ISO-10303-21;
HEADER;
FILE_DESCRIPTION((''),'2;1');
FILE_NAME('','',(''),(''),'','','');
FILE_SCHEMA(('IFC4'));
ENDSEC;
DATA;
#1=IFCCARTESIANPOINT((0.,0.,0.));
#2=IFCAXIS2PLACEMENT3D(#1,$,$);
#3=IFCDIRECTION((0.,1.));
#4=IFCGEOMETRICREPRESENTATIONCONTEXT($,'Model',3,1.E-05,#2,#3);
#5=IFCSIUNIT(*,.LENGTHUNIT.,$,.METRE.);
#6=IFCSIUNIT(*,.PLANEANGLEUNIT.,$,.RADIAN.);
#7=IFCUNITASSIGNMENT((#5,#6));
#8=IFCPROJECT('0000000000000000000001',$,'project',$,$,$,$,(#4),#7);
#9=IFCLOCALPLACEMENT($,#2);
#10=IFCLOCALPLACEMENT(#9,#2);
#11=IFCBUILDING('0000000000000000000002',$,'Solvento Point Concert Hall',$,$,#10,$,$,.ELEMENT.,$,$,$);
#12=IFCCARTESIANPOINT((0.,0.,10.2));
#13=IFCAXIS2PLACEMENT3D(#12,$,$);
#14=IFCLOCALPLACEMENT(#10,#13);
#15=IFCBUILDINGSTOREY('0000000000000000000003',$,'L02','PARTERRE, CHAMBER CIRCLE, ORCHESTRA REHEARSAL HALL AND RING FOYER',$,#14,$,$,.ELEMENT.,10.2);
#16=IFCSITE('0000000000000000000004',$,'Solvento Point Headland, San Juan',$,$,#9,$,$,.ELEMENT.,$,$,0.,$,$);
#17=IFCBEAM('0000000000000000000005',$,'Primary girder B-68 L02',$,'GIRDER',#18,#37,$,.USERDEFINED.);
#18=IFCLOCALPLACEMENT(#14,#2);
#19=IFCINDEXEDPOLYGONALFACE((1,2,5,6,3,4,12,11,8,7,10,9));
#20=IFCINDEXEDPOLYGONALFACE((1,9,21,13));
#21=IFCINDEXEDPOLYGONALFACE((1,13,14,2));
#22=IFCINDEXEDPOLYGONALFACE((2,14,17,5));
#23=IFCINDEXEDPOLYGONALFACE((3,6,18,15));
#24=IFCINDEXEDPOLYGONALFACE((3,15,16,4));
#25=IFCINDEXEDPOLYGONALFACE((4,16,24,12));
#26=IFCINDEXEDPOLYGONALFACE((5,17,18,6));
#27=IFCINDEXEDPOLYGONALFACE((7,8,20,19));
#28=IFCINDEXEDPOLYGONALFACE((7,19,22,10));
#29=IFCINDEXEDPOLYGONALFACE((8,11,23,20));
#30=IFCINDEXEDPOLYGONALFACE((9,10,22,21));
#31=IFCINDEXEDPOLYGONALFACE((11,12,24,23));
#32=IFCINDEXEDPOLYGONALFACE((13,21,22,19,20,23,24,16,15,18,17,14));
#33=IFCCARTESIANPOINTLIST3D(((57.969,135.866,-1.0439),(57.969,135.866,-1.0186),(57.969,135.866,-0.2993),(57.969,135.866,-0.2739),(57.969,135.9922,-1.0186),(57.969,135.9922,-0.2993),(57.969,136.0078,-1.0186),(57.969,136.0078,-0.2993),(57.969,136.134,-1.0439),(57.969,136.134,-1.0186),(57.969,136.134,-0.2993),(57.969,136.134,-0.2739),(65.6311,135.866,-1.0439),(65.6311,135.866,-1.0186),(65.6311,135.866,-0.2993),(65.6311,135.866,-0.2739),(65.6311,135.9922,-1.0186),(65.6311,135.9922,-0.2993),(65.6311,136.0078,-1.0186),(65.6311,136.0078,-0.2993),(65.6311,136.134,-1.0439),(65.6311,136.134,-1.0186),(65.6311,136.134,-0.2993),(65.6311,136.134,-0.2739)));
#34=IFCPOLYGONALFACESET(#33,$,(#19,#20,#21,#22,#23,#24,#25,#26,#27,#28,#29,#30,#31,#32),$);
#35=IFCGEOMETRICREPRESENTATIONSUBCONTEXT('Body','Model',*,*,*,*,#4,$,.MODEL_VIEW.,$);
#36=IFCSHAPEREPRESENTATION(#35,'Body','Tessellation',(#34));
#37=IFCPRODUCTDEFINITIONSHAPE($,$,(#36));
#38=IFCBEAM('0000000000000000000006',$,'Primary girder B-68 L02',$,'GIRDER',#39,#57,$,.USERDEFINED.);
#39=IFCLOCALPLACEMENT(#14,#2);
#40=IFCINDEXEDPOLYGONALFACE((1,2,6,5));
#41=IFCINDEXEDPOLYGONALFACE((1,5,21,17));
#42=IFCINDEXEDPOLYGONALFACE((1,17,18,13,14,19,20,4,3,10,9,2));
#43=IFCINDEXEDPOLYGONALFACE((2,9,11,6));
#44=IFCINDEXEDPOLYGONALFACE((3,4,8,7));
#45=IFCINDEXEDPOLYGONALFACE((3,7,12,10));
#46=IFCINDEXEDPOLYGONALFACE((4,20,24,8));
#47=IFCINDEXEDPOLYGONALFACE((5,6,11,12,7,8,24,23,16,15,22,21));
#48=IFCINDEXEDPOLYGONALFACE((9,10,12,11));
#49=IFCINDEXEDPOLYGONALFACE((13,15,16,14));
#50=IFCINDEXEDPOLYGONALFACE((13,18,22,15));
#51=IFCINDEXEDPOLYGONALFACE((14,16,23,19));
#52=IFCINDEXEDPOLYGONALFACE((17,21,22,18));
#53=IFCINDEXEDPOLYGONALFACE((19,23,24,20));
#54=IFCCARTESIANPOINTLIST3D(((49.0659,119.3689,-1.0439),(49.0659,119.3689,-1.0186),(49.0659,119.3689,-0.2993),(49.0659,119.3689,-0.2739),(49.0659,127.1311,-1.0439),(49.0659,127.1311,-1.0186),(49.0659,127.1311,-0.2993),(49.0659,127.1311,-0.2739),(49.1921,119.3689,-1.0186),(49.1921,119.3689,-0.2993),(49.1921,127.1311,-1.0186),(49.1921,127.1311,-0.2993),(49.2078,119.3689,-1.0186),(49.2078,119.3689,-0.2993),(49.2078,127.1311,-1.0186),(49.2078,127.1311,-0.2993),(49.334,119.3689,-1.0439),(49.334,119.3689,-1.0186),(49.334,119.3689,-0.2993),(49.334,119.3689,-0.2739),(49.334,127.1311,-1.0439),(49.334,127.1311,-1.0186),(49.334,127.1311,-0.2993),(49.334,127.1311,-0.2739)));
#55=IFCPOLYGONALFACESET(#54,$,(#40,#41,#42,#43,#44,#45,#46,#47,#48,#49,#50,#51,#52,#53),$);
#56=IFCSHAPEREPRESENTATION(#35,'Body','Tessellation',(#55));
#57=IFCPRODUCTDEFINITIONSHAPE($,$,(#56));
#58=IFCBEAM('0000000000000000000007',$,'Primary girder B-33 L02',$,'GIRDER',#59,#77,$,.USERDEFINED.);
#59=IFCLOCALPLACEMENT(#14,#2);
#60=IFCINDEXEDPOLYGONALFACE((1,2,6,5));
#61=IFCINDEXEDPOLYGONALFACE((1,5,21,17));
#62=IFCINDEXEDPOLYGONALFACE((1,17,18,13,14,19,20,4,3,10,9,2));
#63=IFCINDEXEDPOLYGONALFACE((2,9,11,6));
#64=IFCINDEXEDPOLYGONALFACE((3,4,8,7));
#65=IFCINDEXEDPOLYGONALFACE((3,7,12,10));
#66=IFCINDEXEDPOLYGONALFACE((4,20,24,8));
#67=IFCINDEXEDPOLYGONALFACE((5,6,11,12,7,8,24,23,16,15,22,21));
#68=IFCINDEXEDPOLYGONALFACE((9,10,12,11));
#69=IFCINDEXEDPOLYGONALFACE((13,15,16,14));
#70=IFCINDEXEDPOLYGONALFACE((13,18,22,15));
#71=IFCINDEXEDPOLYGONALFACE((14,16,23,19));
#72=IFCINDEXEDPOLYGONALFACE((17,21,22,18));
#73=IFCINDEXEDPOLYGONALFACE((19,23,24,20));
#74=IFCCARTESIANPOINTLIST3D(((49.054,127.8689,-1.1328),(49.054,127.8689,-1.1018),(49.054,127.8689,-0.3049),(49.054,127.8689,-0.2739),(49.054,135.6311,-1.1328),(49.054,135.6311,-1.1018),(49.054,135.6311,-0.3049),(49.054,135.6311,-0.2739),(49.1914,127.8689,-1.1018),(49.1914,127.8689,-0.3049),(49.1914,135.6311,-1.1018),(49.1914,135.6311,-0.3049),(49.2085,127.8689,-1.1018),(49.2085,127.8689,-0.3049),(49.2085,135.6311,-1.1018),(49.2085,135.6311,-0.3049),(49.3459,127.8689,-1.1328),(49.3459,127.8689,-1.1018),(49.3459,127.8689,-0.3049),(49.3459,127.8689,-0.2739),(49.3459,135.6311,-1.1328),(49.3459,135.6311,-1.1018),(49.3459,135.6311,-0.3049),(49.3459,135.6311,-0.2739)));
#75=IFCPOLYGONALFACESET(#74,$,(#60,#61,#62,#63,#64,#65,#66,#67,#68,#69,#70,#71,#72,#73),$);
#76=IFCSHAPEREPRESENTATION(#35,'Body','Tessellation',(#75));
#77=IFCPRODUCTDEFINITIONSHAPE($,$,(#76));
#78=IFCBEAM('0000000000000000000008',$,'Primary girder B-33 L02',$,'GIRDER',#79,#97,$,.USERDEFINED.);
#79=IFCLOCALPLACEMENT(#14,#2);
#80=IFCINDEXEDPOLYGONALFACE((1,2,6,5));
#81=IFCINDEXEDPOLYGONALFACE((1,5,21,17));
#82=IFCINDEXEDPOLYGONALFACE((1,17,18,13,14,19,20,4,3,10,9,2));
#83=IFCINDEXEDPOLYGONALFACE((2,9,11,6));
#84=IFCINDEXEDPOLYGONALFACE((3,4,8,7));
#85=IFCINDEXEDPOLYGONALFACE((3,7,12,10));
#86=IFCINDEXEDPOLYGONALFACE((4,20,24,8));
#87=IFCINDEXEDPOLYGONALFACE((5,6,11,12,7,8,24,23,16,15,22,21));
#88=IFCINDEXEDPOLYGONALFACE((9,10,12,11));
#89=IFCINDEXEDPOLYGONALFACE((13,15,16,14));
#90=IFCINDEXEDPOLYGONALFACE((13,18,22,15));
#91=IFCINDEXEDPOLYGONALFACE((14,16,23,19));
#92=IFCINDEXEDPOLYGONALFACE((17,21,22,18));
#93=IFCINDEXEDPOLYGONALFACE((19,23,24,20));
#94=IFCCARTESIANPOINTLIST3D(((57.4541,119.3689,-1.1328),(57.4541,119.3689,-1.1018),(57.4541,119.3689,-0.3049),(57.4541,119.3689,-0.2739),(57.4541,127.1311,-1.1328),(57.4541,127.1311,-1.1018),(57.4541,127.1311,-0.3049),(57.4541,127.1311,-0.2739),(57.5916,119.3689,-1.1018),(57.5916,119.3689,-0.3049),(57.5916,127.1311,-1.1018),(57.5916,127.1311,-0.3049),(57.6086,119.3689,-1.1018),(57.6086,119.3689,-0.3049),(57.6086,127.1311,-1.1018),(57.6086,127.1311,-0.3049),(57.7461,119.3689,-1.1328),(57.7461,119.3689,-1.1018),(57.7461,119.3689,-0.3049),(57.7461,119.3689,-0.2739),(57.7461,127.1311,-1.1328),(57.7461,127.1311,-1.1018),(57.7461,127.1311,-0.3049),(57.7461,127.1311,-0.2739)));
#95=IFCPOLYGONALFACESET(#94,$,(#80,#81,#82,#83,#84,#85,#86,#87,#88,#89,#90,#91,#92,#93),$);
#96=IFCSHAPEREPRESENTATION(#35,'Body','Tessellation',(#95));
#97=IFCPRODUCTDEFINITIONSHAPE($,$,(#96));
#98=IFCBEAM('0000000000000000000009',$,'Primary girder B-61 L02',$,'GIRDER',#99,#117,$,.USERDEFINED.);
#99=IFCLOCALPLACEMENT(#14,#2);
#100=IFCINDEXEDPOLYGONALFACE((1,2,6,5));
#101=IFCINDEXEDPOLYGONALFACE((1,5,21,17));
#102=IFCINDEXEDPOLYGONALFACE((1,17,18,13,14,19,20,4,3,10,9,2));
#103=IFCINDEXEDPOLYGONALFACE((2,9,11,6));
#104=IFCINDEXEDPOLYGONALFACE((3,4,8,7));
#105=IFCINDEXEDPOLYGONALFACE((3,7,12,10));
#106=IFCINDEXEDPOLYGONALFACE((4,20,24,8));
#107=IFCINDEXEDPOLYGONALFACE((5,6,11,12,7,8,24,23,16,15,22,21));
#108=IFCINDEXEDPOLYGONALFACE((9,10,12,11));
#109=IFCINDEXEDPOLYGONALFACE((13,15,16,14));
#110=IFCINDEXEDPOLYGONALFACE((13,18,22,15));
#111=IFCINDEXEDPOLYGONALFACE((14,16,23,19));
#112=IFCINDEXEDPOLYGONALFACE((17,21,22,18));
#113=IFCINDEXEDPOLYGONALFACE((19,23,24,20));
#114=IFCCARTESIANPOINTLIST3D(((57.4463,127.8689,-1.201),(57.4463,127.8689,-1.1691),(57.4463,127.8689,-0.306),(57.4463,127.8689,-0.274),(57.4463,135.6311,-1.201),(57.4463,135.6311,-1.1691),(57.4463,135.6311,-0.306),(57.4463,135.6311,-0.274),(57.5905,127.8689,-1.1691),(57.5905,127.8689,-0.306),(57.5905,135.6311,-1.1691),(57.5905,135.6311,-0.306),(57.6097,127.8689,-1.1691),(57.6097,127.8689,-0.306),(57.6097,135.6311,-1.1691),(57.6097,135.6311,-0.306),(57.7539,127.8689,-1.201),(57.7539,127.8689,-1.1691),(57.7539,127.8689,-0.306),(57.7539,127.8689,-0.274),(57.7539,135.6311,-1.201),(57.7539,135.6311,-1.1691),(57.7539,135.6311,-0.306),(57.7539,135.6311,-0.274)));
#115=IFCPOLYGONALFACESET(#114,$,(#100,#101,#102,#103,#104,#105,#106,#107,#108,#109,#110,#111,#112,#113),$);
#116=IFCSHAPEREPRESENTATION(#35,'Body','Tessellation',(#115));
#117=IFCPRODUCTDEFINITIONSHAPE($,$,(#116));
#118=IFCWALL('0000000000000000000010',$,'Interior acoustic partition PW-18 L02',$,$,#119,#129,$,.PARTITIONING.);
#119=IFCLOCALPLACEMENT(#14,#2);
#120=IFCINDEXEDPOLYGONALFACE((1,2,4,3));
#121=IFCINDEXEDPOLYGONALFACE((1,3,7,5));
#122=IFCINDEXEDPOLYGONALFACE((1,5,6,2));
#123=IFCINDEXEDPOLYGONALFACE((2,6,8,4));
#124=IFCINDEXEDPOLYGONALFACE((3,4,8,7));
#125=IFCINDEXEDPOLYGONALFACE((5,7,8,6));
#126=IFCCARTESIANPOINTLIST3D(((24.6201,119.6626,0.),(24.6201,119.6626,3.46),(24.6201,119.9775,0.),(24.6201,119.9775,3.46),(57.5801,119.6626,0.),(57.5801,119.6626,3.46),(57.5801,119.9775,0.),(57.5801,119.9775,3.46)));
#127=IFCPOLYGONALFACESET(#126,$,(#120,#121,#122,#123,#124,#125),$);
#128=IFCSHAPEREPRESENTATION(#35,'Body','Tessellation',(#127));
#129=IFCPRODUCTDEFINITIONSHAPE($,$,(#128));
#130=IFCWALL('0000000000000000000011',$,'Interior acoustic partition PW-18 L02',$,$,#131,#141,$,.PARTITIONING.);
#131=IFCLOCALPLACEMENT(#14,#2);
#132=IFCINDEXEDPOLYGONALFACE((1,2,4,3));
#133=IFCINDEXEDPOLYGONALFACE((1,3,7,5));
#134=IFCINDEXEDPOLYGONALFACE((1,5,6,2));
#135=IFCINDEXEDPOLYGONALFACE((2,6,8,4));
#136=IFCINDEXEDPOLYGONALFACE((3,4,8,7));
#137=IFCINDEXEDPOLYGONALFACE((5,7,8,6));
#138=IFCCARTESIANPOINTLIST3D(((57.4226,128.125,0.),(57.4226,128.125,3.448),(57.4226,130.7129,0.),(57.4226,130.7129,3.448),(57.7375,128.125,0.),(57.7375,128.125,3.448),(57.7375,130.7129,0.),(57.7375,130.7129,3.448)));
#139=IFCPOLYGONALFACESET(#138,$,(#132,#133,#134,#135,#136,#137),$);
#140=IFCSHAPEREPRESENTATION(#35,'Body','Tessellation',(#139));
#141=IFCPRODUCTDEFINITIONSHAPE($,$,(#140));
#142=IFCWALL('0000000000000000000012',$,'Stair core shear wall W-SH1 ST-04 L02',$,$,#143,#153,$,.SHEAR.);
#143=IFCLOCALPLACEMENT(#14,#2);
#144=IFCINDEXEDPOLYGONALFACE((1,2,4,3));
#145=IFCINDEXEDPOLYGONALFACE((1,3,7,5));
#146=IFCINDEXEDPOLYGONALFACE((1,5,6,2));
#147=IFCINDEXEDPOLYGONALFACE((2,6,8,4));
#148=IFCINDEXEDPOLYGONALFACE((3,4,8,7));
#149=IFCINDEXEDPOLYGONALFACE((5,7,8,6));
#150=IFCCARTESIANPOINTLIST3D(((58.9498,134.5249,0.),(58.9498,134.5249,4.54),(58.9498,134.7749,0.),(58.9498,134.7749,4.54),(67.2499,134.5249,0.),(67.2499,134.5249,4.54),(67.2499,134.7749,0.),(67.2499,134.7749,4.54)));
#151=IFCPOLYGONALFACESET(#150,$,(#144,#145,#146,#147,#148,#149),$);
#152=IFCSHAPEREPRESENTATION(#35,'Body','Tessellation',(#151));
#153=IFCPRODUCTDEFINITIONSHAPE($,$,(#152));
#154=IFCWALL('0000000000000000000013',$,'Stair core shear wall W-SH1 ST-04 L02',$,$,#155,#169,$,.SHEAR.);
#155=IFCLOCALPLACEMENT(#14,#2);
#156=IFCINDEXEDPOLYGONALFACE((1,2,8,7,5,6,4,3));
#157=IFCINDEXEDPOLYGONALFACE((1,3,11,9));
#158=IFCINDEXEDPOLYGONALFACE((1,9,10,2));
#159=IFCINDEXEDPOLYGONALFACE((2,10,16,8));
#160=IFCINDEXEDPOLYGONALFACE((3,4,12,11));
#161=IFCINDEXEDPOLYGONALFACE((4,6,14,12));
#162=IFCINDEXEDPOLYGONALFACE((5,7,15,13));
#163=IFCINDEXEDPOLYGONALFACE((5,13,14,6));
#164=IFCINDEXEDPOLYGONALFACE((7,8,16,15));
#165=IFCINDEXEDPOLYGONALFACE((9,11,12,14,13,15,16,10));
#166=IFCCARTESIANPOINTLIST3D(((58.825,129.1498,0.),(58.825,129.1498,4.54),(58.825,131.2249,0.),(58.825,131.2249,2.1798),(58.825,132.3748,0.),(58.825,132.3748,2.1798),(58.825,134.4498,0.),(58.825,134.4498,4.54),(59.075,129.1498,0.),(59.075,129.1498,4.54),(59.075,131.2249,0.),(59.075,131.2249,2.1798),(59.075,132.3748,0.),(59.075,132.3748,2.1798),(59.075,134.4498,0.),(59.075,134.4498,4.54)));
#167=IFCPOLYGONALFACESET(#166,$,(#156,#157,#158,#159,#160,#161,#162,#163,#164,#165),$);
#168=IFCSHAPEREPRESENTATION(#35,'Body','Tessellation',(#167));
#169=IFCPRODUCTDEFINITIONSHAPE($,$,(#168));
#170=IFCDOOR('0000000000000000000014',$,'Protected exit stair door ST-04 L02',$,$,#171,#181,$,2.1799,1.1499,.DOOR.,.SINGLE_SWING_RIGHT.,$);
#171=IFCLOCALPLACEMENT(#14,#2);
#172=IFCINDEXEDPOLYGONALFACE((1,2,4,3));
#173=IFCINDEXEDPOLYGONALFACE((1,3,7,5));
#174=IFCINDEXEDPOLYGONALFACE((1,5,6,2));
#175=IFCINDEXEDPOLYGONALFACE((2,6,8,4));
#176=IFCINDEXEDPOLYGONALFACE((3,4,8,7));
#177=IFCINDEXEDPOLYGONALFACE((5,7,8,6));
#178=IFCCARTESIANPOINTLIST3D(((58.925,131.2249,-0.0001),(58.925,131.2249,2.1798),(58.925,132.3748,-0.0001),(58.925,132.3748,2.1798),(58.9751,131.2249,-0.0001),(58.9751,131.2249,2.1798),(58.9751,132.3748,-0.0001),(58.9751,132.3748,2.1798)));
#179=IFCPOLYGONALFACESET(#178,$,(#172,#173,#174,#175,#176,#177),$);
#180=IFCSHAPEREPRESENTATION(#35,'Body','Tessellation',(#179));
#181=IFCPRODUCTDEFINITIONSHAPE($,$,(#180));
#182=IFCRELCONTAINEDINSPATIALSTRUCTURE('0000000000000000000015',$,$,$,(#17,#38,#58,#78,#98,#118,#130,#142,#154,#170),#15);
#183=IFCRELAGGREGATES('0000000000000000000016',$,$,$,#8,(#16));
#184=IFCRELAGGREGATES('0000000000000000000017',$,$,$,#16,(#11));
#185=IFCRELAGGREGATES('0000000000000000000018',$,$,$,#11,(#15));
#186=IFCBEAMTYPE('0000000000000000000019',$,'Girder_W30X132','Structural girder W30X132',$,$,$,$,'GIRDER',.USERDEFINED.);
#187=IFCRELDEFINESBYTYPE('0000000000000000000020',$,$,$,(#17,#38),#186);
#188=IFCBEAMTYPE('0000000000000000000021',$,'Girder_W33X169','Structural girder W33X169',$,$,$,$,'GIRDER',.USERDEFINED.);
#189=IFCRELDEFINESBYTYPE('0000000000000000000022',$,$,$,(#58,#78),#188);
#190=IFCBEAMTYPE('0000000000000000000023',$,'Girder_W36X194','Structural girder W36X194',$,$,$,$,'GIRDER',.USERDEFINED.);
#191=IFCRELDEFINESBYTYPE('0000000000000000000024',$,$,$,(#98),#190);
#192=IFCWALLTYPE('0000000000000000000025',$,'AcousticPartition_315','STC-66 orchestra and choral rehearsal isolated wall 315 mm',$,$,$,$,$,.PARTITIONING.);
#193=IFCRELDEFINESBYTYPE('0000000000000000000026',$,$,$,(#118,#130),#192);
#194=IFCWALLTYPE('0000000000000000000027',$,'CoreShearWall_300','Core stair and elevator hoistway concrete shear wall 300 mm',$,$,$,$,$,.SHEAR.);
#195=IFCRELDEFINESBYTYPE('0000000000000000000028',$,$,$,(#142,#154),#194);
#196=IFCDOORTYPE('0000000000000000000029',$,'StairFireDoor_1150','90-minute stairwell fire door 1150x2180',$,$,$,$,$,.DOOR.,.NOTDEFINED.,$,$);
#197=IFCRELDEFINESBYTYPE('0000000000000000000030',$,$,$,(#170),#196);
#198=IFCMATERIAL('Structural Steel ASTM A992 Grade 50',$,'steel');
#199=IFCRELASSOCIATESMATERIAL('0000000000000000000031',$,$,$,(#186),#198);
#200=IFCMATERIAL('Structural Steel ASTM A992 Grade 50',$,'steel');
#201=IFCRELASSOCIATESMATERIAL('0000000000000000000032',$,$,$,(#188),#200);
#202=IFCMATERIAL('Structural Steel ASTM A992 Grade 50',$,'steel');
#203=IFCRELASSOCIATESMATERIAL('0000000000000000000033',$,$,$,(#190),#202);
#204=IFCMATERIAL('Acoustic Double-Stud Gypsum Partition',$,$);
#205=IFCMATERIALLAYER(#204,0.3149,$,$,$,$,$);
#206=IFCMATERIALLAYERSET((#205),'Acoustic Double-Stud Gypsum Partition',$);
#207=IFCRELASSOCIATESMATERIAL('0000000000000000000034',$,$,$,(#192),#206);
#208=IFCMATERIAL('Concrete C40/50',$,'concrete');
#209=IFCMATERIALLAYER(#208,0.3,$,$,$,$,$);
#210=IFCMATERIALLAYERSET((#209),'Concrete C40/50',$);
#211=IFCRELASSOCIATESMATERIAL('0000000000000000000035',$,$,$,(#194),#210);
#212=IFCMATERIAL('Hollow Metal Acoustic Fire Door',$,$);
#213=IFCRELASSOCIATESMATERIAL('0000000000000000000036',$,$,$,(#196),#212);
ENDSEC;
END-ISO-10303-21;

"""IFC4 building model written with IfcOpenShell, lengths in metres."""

from ifc_helpers import new_model, si_unit, direction, frame, frame_2d, origin, origin_2d, place, context, subcontext, project, spatial, rectangle, i_section, extrude, material, layer, layer_set, material_profile, profile_set, type_object, element, fill, save


model = new_model("IFC4")

# Units and contexts
model_context = context("Model", 3, precision=1e-05, world=origin(), true_north=direction((0.0, 1.0)))
body_context = subcontext(model_context, "Body", "Model", "MODEL_VIEW")
ifc_project = project(units=[si_unit("LENGTHUNIT", "METRE"), si_unit("PLANEANGLEUNIT", "RADIAN")], contexts=[model_context])

# Site, building, storey
site_placement = place(None, origin())
site = spatial("IfcSite", under=ifc_project, at=site_placement, Name="Solvento Point Headland, San Juan", CompositionType="ELEMENT", RefElevation=0.0)
building_placement = place(site_placement, origin())
building = spatial("IfcBuilding", under=site, at=building_placement, Name="Solvento Point Concert Hall", CompositionType="ELEMENT")
storey_placement = place(building_placement, frame((0.0, 0.0, 10.2)))
storey = spatial("IfcBuildingStorey", under=building, at=storey_placement, Name="L02", Description="PARTERRE, CHAMBER CIRCLE, ORCHESTRA REHEARSAL HALL AND RING FOYER", CompositionType="ELEMENT", Elevation=10.2)

# Beams
ifc_material_1 = material(Name="Structural Steel ASTM A992 Grade 50", Category="steel")
ifc_material_profile_1 = material_profile(ifc_material_1, i_section(OverallWidth=0.2681, OverallDepth=0.77, WebThickness=0.0156, FlangeThickness=0.0254, at=origin_2d()), Name="W30X132")
ifc_profile_set_1 = profile_set([ifc_material_profile_1], Name="Structural Steel ASTM A992 Grade 50")
beam_type_1 = type_object("IfcBeamType", Name="Girder_W30X132", Description="Structural girder W30X132", ElementType="GIRDER", PredefinedType="USERDEFINED", material=ifc_profile_set_1)
beam_1_placement = place(storey_placement, frame((57.969, 136.0, -0.6589), z_axis=(1.0, 0.0, 0.0), x_axis=(0.0, 1.0, 0.0)))
element("IfcBeam", 1, at=beam_1_placement, inside=storey, type_object=beam_type_1, Name="Primary girder B-68 L02", ObjectType="GIRDER", PredefinedType="USERDEFINED", context=body_context, shape_type="SweptSolid", body=[
    extrude(i_section(OverallWidth=0.2681, OverallDepth=0.77, WebThickness=0.0156, FlangeThickness=0.0254, at=origin_2d()), origin(), (0.0, 0.0, 1.0), 7.6621),
])
beam_2_placement = place(storey_placement, frame((49.2, 119.3689, -0.6589), z_axis=(0.0, 1.0, 0.0), x_axis=(-1.0, 0.0, 0.0)))
element("IfcBeam", 2, at=beam_2_placement, inside=storey, type_object=beam_type_1, Name="Primary girder B-68 L02", ObjectType="GIRDER", PredefinedType="USERDEFINED", context=body_context, shape_type="SweptSolid", body=[
    extrude(i_section(OverallWidth=0.2681, OverallDepth=0.77, WebThickness=0.0156, FlangeThickness=0.0254, at=origin_2d()), origin(), (0.0, 0.0, 1.0), 7.7622),
])
ifc_material_2 = material(Name="Structural Steel ASTM A992 Grade 50", Category="steel")
ifc_material_profile_2 = material_profile(ifc_material_2, i_section(OverallWidth=0.292, OverallDepth=0.8589, WebThickness=0.0171, FlangeThickness=0.031, at=origin_2d()), Name="W33X169")
ifc_profile_set_2 = profile_set([ifc_material_profile_2], Name="Structural Steel ASTM A992 Grade 50")
beam_type_2 = type_object("IfcBeamType", Name="Girder_W33X169", Description="Structural girder W33X169", ElementType="GIRDER", PredefinedType="USERDEFINED", material=ifc_profile_set_2)
for number, where, z_axis, x_axis, name in (
    (3, (49.2, 127.8689, -0.7034), (0.0, 1.0, 0.0), (-1.0, 0.0, 0.0), "Primary girder B-33 L02"),
    (4, (57.6001, 119.3689, -0.7034), (0.0, 1.0, 0.0), (-1.0, 0.0, 0.0), "Primary girder B-33 L02"),
):
    element("IfcBeam", number, at=place(storey_placement, frame(where, z_axis=z_axis, x_axis=x_axis)), inside=storey, type_object=beam_type_2, Name=name, ObjectType="GIRDER", PredefinedType="USERDEFINED", context=body_context, shape_type="SweptSolid", body=[
        extrude(i_section(OverallWidth=0.292, OverallDepth=0.8589, WebThickness=0.0171, FlangeThickness=0.031, at=origin_2d()), origin(), (0.0, 0.0, 1.0), 7.7622),
    ])
ifc_material_3 = material(Name="Structural Steel ASTM A992 Grade 50", Category="steel")
ifc_material_profile_3 = material_profile(ifc_material_3, i_section(OverallWidth=0.3076, OverallDepth=0.927, WebThickness=0.0193, FlangeThickness=0.032, at=origin_2d()), Name="W36X194")
ifc_profile_set_3 = profile_set([ifc_material_profile_3], Name="Structural Steel ASTM A992 Grade 50")
beam_type_3 = type_object("IfcBeamType", Name="Girder_W36X194", Description="Structural girder W36X194", ElementType="GIRDER", PredefinedType="USERDEFINED", material=ifc_profile_set_3)
beam_3_placement = place(storey_placement, frame((57.6001, 127.8689, -0.7375), z_axis=(0.0, 1.0, 0.0), x_axis=(-1.0, 0.0, 0.0)))
element("IfcBeam", 5, at=beam_3_placement, inside=storey, type_object=beam_type_3, Name="Primary girder B-61 L02", ObjectType="GIRDER", PredefinedType="USERDEFINED", context=body_context, shape_type="SweptSolid", body=[
    extrude(i_section(OverallWidth=0.3076, OverallDepth=0.927, WebThickness=0.0193, FlangeThickness=0.032, at=origin_2d()), origin(), (0.0, 0.0, 1.0), 7.7622),
])

# Walls
ifc_material_4 = material(Name="Acoustic Double-Stud Gypsum Partition")
ifc_layer_1 = layer(ifc_material_4, 0.3149)
ifc_layer_set_1 = layer_set([ifc_layer_1], Name="Acoustic Double-Stud Gypsum Partition")
wall_type_1 = type_object("IfcWallType", Name="AcousticPartition_315", Description="STC-66 orchestra and choral rehearsal isolated wall 315 mm", PredefinedType="PARTITIONING", material=ifc_layer_set_1)
wall_1_placement = place(storey_placement, frame((57.5801, 119.8201, 0.0), z_axis=(0.0, 0.0, 1.0), x_axis=(-1.0, 0.0, 0.0)))
element("IfcWall", 6, at=wall_1_placement, inside=storey, type_object=wall_type_1, Name="Interior acoustic partition PW-18 L02", PredefinedType="PARTITIONING", context=body_context, shape_type="SweptSolid", body=[
    extrude(rectangle(XDim=32.96, YDim=0.3149, at=frame_2d((16.48, 0.0))), origin(), (0.0, 0.0, 1.0), 3.46),
])
wall_2_placement = place(storey_placement, frame((57.5801, 130.7129, 0.0), z_axis=(0.0, 0.0, 1.0), x_axis=(0.0, -1.0, 0.0)))
element("IfcWall", 7, at=wall_2_placement, inside=storey, type_object=wall_type_1, Name="Interior acoustic partition PW-18 L02", PredefinedType="PARTITIONING", context=body_context, shape_type="SweptSolid", body=[
    extrude(rectangle(XDim=2.5879, YDim=0.3149, at=frame_2d((1.2939, 0.0))), origin(), (0.0, 0.0, 1.0), 3.448),
])

# Wall
ifc_material_5 = material(Name="Concrete C40/50", Category="concrete")
ifc_layer_2 = layer(ifc_material_5, 0.3)
ifc_layer_set_2 = layer_set([ifc_layer_2], Name="Concrete C40/50")
wall_type_2 = type_object("IfcWallType", Name="CoreShearWall_300", Description="Core stair and elevator hoistway concrete shear wall 300 mm", PredefinedType="SHEAR", material=ifc_layer_set_2)
wall_3_placement = place(storey_placement, frame((58.95, 134.6499, 0.0), z_axis=(0.0, 0.0, 1.0), x_axis=(1.0, 0.0, 0.0)))
element("IfcWall", 8, at=wall_3_placement, inside=storey, type_object=wall_type_2, Name="Stair core shear wall W-SH1 ST-04 L02", PredefinedType="SHEAR", context=body_context, shape_type="SweptSolid", body=[
    extrude(rectangle(XDim=8.3, YDim=0.25, at=frame_2d((4.1499, 0.0))), origin(), (0.0, 0.0, 1.0), 4.54),
])

# Wall, opening, door
wall_4_placement = place(storey_placement, frame((58.95, 129.1499, 0.0), z_axis=(0.0, 0.0, 1.0), x_axis=(0.0, 1.0, 0.0)))
wall_4 = element("IfcWall", 9, at=wall_4_placement, inside=storey, type_object=wall_type_2, Name="Stair core shear wall W-SH1 ST-04 L02", PredefinedType="SHEAR", context=body_context, shape_type="SweptSolid", body=[
    extrude(rectangle(XDim=5.3, YDim=0.25, at=frame_2d((2.6499, 0.0))), origin(), (0.0, 0.0, 1.0), 4.54),
])
opening_1_placement = place(wall_4_placement, frame((2.075, 0.0, 0.0)))
opening_1 = element("IfcOpeningElement", 10, at=opening_1_placement, cuts=wall_4, PredefinedType="OPENING", context=body_context, shape_type="SweptSolid", body=[
    extrude(rectangle(XDim=1.1499, YDim=2.1799, at=frame_2d((0.575, 1.0898))), frame((0.0, 0.135, 0.0), z_axis=(0.0, -1.0, 0.0), x_axis=(1.0, 0.0, 0.0)), (0.0, 0.0, 1.0), 0.27),
])
ifc_material_6 = material(Name="Hollow Metal Acoustic Fire Door")
door_type_1 = type_object("IfcDoorType", Name="StairFireDoor_1150", Description="90-minute stairwell fire door 1150x2180", OperationType="NOTDEFINED", PredefinedType="DOOR", material=ifc_material_6)
door_1_placement = place(opening_1_placement, origin())
door_1 = element("IfcDoor", 11, at=door_1_placement, inside=storey, type_object=door_type_1, Name="Protected exit stair door ST-04 L02", OperationType="SINGLE_SWING_RIGHT", OverallHeight=2.1799, OverallWidth=1.1499, PredefinedType="DOOR", context=body_context, shape_type="SweptSolid", body=[
    extrude(rectangle(XDim=1.1499, YDim=2.1799, at=frame_2d((0.575, 1.0898))), frame((0.0, 0.0249, 0.0), z_axis=(0.0, -1.0, 0.0), x_axis=(1.0, 0.0, 0.0)), (0.0, 0.0, 1.0), 0.05),
])
fill(opening_1, door_1)

save(model, "model.ifc")
